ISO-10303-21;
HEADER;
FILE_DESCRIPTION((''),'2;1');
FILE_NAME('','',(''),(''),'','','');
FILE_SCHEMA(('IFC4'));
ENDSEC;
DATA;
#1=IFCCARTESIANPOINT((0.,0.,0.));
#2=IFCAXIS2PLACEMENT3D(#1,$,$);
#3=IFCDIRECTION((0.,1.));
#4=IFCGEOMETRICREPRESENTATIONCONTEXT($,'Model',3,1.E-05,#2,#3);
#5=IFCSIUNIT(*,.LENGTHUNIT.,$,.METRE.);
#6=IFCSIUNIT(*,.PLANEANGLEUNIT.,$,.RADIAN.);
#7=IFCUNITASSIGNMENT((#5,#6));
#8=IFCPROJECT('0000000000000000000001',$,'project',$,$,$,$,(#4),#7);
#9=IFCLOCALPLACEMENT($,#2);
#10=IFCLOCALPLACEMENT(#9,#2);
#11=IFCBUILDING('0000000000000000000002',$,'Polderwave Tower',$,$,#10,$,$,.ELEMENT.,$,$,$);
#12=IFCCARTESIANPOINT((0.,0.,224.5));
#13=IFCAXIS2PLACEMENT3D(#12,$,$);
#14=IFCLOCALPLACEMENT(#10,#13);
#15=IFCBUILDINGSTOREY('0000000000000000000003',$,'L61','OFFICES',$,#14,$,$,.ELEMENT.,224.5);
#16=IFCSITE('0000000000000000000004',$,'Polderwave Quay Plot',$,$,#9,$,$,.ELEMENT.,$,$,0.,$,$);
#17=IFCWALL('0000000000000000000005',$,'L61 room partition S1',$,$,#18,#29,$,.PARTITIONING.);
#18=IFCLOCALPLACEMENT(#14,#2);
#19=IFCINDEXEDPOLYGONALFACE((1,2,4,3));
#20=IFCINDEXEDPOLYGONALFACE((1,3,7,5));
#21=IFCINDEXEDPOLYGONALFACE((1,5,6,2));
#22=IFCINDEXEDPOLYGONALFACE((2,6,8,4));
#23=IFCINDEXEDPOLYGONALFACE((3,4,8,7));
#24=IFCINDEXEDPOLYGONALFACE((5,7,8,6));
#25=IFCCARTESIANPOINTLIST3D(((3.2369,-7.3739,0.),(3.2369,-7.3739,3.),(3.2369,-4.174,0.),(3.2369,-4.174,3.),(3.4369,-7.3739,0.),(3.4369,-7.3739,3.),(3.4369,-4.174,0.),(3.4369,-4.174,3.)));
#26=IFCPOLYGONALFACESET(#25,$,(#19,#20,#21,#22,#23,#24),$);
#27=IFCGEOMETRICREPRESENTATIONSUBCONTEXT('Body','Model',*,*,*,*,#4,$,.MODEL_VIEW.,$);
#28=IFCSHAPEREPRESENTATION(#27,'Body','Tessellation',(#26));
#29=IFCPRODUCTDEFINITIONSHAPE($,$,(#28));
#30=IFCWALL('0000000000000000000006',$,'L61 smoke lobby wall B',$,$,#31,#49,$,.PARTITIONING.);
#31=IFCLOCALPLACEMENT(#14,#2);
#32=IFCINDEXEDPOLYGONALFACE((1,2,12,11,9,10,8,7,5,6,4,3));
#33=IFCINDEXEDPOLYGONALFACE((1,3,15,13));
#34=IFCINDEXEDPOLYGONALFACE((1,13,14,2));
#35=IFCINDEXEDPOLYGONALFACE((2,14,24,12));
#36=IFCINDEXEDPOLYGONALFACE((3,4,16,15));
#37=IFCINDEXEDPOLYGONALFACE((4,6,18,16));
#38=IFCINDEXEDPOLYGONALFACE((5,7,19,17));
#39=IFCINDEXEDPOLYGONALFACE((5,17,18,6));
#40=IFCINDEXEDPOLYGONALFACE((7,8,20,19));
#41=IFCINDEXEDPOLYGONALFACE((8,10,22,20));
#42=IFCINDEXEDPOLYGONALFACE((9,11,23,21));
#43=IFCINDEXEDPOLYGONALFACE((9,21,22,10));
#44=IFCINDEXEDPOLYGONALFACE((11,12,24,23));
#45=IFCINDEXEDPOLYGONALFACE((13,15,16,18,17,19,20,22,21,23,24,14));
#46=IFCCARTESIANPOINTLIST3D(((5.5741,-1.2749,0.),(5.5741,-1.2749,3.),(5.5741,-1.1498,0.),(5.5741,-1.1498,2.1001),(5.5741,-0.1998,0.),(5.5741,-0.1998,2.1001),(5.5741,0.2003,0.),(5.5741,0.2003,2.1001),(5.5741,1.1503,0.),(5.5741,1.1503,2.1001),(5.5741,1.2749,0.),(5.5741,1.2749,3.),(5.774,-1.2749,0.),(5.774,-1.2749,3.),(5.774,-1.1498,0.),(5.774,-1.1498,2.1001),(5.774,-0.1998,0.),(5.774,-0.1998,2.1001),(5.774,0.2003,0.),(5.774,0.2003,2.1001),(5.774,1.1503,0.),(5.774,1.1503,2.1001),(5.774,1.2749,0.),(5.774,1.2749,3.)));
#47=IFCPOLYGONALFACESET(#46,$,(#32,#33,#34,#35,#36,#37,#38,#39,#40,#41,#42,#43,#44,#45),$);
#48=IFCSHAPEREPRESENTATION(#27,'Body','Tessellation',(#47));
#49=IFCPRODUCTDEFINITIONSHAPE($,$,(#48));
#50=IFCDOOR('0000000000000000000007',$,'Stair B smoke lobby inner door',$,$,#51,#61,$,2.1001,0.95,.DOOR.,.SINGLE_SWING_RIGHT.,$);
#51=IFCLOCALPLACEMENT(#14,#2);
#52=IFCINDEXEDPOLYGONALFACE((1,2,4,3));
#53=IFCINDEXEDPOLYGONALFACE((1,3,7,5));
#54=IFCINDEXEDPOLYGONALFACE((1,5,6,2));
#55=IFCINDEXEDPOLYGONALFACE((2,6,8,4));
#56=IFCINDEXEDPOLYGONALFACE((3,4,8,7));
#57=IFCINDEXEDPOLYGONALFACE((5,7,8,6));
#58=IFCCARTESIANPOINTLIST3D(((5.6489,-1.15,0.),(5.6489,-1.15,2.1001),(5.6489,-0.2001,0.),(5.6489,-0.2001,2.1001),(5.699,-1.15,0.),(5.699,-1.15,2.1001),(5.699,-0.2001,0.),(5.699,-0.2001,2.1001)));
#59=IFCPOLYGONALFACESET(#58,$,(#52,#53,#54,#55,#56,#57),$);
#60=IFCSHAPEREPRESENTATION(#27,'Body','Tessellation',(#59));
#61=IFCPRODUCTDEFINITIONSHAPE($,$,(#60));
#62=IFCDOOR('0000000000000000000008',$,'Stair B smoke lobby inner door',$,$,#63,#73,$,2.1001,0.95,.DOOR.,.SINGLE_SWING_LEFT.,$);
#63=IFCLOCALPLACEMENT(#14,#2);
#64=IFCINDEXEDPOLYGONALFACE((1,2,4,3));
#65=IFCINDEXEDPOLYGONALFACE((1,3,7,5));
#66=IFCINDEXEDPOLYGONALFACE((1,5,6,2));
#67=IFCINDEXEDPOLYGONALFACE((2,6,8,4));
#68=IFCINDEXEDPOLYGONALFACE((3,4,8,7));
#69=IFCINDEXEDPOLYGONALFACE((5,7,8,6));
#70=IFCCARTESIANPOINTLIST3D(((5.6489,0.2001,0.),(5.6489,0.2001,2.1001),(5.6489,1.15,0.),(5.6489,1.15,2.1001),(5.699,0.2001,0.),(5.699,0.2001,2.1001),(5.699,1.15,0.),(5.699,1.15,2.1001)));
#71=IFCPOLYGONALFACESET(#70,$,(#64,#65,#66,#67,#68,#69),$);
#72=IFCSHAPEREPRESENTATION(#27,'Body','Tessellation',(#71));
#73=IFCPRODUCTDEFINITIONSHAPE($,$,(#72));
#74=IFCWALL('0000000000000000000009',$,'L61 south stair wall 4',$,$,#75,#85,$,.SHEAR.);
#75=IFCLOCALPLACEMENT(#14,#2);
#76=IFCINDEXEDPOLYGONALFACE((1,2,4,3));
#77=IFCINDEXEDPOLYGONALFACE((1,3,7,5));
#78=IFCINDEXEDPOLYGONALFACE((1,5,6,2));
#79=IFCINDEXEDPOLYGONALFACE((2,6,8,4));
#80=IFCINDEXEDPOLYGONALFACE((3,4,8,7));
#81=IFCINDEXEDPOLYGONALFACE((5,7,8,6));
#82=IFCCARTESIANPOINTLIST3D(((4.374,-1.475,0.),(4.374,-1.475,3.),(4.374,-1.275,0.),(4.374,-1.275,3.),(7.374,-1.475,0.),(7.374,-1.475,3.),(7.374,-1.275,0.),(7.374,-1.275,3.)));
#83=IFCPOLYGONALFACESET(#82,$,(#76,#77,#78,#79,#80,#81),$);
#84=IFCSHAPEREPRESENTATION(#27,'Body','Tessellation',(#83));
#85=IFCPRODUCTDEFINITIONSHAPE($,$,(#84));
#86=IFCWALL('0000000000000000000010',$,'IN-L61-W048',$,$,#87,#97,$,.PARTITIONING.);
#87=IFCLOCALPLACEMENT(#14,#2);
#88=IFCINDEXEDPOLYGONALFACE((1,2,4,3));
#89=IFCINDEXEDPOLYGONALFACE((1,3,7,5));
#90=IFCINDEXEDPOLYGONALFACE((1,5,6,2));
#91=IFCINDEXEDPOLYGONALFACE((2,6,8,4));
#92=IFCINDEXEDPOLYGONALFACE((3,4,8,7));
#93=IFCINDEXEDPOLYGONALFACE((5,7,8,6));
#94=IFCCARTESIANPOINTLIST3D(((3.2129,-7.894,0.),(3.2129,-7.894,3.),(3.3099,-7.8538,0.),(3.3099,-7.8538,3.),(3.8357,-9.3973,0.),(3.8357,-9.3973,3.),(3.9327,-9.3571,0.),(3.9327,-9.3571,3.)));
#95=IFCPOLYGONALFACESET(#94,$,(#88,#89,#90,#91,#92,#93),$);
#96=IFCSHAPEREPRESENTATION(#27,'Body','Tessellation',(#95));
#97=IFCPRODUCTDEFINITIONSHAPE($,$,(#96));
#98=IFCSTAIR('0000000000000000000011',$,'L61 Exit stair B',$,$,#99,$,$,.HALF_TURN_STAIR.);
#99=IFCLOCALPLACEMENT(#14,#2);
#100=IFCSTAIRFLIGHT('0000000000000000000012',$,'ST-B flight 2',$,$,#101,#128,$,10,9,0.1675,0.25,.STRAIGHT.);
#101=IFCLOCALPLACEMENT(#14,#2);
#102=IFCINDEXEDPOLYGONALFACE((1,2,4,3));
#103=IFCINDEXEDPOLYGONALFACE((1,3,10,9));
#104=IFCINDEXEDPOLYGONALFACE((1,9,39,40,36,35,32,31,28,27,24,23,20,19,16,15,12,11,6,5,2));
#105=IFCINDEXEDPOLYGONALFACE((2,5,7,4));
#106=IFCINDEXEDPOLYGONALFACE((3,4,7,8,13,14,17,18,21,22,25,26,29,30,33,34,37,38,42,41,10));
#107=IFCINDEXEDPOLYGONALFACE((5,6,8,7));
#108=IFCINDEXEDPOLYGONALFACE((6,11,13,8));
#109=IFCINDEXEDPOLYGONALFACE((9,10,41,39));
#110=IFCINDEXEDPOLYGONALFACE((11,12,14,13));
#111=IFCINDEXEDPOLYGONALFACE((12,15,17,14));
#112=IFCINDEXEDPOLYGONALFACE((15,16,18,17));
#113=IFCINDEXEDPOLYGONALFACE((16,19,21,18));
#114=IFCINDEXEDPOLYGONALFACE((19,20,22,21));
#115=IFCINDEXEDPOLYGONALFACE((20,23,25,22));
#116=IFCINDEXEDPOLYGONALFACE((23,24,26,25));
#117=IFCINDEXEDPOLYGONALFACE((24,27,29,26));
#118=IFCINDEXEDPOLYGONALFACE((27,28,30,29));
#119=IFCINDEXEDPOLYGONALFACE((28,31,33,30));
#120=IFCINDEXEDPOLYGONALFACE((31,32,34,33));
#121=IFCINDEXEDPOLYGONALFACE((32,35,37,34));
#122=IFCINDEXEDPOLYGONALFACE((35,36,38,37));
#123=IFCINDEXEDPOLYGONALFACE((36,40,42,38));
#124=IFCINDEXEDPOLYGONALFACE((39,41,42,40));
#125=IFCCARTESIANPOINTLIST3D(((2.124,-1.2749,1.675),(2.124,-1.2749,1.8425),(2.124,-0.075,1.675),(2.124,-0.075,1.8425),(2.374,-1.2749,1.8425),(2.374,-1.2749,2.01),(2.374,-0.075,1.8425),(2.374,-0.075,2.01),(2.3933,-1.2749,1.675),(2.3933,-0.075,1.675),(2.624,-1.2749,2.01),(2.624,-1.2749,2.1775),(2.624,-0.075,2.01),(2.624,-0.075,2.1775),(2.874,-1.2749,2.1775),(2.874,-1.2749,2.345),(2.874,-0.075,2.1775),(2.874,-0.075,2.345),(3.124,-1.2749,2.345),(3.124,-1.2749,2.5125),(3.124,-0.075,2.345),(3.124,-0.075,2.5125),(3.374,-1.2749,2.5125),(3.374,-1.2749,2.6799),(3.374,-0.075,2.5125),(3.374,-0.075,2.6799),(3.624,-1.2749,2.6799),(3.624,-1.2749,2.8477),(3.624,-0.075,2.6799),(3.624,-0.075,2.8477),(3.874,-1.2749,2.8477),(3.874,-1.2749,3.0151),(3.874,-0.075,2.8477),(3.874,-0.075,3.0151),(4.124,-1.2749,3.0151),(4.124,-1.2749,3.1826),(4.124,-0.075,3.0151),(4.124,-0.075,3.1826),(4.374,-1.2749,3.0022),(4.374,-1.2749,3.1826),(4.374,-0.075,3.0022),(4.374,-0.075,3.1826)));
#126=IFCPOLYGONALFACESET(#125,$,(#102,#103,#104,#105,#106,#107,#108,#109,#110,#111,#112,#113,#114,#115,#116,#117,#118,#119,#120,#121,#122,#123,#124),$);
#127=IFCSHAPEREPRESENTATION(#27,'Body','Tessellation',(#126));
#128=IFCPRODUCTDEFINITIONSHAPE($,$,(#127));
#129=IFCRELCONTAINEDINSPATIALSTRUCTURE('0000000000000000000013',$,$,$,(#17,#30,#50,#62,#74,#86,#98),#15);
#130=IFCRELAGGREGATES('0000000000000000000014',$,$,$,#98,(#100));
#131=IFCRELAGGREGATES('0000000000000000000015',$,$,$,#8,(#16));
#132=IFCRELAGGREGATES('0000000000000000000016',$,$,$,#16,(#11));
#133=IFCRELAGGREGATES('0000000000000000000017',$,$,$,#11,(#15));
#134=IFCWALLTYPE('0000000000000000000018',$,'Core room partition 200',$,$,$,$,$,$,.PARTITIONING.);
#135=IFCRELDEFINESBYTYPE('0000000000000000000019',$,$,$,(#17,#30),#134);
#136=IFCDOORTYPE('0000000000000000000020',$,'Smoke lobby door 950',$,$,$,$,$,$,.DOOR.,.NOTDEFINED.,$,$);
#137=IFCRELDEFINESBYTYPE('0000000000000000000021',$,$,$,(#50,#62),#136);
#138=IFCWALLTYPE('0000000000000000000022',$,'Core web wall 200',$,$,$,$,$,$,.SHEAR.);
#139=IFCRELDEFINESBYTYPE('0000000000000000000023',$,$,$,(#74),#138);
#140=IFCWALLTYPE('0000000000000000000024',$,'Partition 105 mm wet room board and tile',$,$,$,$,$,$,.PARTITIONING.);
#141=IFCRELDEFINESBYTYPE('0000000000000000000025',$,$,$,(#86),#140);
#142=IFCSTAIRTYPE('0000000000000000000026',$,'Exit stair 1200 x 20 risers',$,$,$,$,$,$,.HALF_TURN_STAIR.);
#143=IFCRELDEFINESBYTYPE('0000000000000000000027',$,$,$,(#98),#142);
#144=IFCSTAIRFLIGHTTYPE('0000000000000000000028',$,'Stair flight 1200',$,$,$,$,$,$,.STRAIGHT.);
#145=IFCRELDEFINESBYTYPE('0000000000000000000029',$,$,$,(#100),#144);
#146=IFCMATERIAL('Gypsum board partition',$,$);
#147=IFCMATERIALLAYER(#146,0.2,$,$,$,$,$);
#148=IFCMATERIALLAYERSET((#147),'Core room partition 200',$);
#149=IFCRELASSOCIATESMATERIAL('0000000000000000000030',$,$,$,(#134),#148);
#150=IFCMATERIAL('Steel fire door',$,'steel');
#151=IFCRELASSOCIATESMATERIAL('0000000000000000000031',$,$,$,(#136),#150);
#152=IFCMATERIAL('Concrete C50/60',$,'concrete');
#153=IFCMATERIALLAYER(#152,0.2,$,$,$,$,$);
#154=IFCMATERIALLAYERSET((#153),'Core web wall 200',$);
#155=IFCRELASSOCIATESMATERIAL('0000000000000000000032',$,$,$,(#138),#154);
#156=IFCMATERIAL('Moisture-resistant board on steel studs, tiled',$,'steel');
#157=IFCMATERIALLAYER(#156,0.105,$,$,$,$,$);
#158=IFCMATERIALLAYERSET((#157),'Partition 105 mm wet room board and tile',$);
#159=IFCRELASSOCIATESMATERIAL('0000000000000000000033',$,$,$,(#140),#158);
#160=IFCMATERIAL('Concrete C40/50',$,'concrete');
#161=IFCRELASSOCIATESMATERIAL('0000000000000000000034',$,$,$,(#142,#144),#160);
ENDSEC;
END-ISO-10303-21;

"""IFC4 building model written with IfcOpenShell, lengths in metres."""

from ifc_helpers import new_model, si_unit, direction, frame, frame_2d, origin, place, context, subcontext, project, spatial, polyline, rectangle, outline, extrude, material, layer, layer_set, type_object, element, fill, aggregate, save


model = new_model("IFC4")

# Units and contexts
model_context = context("Model", 3, precision=1e-05, world=origin(), true_north=direction((0.0, 1.0)))
body_context = subcontext(model_context, "Body", "Model", "MODEL_VIEW")
ifc_project = project(units=[si_unit("LENGTHUNIT", "METRE"), si_unit("PLANEANGLEUNIT", "RADIAN")], contexts=[model_context])

# Site, building, storey
site_placement = place(None, origin())
site = spatial("IfcSite", under=ifc_project, at=site_placement, Name="Polderwave Quay Plot", CompositionType="ELEMENT", RefElevation=0.0)
building_placement = place(site_placement, origin())
building = spatial("IfcBuilding", under=site, at=building_placement, Name="Polderwave Tower", CompositionType="ELEMENT")
storey_placement = place(building_placement, frame((0.0, 0.0, 224.5)))
storey = spatial("IfcBuildingStorey", under=building, at=storey_placement, Name="L61", Description="OFFICES", CompositionType="ELEMENT", Elevation=224.5)

# Wall
ifc_material_1 = material(Name="Gypsum board partition")
ifc_layer_1 = layer(ifc_material_1, 0.2)
ifc_layer_set_1 = layer_set([ifc_layer_1], Name="Core room partition 200")
wall_type_1 = type_object("IfcWallType", Name="Core room partition 200", PredefinedType="PARTITIONING", material=ifc_layer_set_1)
wall_1_placement = place(storey_placement, frame((3.3369, -7.374, 0.0), z_axis=(0.0, 0.0, 1.0), x_axis=(0.0, 1.0, 0.0)))
element("IfcWall", 1, at=wall_1_placement, inside=storey, type_object=wall_type_1, Name="L61 room partition S1", PredefinedType="PARTITIONING", context=body_context, shape_type="SweptSolid", body=[
    extrude(rectangle(XDim=3.2, YDim=0.2, at=frame_2d((1.6001, 0.0))), origin(), (0.0, 0.0, 1.0), 3.0),
])

# Wall, openings, doors
wall_2_placement = place(storey_placement, frame((5.6741, -1.2749, 0.0), z_axis=(0.0, 0.0, 1.0), x_axis=(0.0, 1.0, 0.0)))
wall_2 = element("IfcWall", 2, at=wall_2_placement, inside=storey, type_object=wall_type_1, Name="L61 smoke lobby wall B", PredefinedType="PARTITIONING", context=body_context, shape_type="SweptSolid", body=[
    extrude(rectangle(XDim=2.5498, YDim=0.2, at=frame_2d((1.2749, 0.0))), origin(), (0.0, 0.0, 1.0), 3.0),
])
opening_1_placement = place(wall_2_placement, frame((0.125, 0.0, 0.0)))
opening_1 = element("IfcOpeningElement", 3, at=opening_1_placement, cuts=wall_2, PredefinedType="OPENING", context=body_context, shape_type="SweptSolid", body=[
    extrude(rectangle(XDim=0.95, YDim=2.1001, at=frame_2d((0.4751, 1.05))), frame((0.0, 0.1099, 0.0), z_axis=(0.0, -1.0, 0.0), x_axis=(1.0, 0.0, 0.0)), (0.0, 0.0, 1.0), 0.22),
])
opening_2_placement = place(wall_2_placement, frame((1.4751, 0.0, 0.0)))
opening_2 = element("IfcOpeningElement", 4, at=opening_2_placement, cuts=wall_2, PredefinedType="OPENING", context=body_context, shape_type="SweptSolid", body=[
    extrude(rectangle(XDim=0.95, YDim=2.1001, at=frame_2d((0.4751, 1.05))), frame((0.0, 0.1099, 0.0), z_axis=(0.0, -1.0, 0.0), x_axis=(1.0, 0.0, 0.0)), (0.0, 0.0, 1.0), 0.22),
])
ifc_material_2 = material(Name="Steel fire door", Category="steel")
door_type = type_object("IfcDoorType", Name="Smoke lobby door 950", OperationType="NOTDEFINED", PredefinedType="DOOR", material=ifc_material_2)
door_1_placement = place(opening_1_placement, frame((0.95, 0.0, 0.0), z_axis=(0.0, 0.0, 1.0), x_axis=(-1.0, 0.0, 0.0)))
door_1 = element("IfcDoor", 5, at=door_1_placement, inside=storey, type_object=door_type, Name="Stair B smoke lobby inner door", OperationType="SINGLE_SWING_RIGHT", OverallHeight=2.1001, OverallWidth=0.95, PredefinedType="DOOR", context=body_context, shape_type="SweptSolid", body=[
    extrude(rectangle(XDim=0.95, YDim=2.1001, at=frame_2d((0.4751, 1.05))), frame((0.0, 0.0249, 0.0), z_axis=(0.0, -1.0, 0.0), x_axis=(1.0, 0.0, 0.0)), (0.0, 0.0, 1.0), 0.05),
])
fill(opening_1, door_1)
door_2_placement = place(opening_2_placement, frame((0.95, 0.0, 0.0), z_axis=(0.0, 0.0, 1.0), x_axis=(-1.0, 0.0, 0.0)))
door_2 = element("IfcDoor", 6, at=door_2_placement, inside=storey, type_object=door_type, Name="Stair B smoke lobby inner door", OperationType="SINGLE_SWING_LEFT", OverallHeight=2.1001, OverallWidth=0.95, PredefinedType="DOOR", context=body_context, shape_type="SweptSolid", body=[
    extrude(rectangle(XDim=0.95, YDim=2.1001, at=frame_2d((0.4751, 1.05))), frame((0.0, 0.0249, 0.0), z_axis=(0.0, -1.0, 0.0), x_axis=(1.0, 0.0, 0.0)), (0.0, 0.0, 1.0), 0.05),
])
fill(opening_2, door_2)

# Walls
ifc_material_3 = material(Name="Concrete C50/60", Category="concrete")
ifc_layer_2 = layer(ifc_material_3, 0.2)
ifc_layer_set_2 = layer_set([ifc_layer_2], Name="Core web wall 200")
wall_type_2 = type_object("IfcWallType", Name="Core web wall 200", PredefinedType="SHEAR", material=ifc_layer_set_2)
wall_3_placement = place(storey_placement, frame((4.374, -1.375, 0.0), z_axis=(0.0, 0.0, 1.0), x_axis=(1.0, 0.0, 0.0)))
element("IfcWall", 7, at=wall_3_placement, inside=storey, type_object=wall_type_2, Name="L61 south stair wall 4", PredefinedType="SHEAR", context=body_context, shape_type="SweptSolid", body=[
    extrude(rectangle(XDim=3.0, YDim=0.2, at=frame_2d((1.5, 0.0))), origin(), (0.0, 0.0, 1.0), 3.0),
])
ifc_material_4 = material(Name="Moisture-resistant board on steel studs, tiled", Category="steel")
ifc_layer_3 = layer(ifc_material_4, 0.105)
ifc_layer_set_3 = layer_set([ifc_layer_3], Name="Partition 105 mm wet room board and tile")
wall_type_3 = type_object("IfcWallType", Name="Partition 105 mm wet room board and tile", PredefinedType="PARTITIONING", material=ifc_layer_set_3)
wall_4_placement = place(storey_placement, frame((3.2615, -7.874, 0.0), z_axis=(0.0, 0.0, 1.0), x_axis=(0.382718, -0.923865, 0.0)))
element("IfcWall", 8, at=wall_4_placement, inside=storey, type_object=wall_type_3, Name="IN-L61-W048", PredefinedType="PARTITIONING", context=body_context, shape_type="SweptSolid", body=[
    extrude(rectangle(XDim=1.6272, YDim=0.105, at=frame_2d((0.8135, 0.0))), origin(), (0.0, 0.0, 1.0), 3.0),
])

# Stair, stair flight
ifc_material_5 = material(Name="Concrete C40/50", Category="concrete")
stair_type = type_object("IfcStairType", Name="Exit stair 1200 x 20 risers", PredefinedType="HALF_TURN_STAIR", material=ifc_material_5)
stair_placement = place(storey_placement, origin())
stair = element("IfcStair", 9, at=stair_placement, inside=storey, type_object=stair_type, Name="L61 Exit stair B", PredefinedType="HALF_TURN_STAIR")
stair_flight_type = type_object("IfcStairFlightType", Name="Stair flight 1200", PredefinedType="STRAIGHT", material=ifc_material_5)
stair_flight_placement = place(storey_placement, frame((2.124, -0.675, 1.675), z_axis=(0.0, 0.0, 1.0), x_axis=(1.0, 0.0, 0.0)))
stair_flight = element("IfcStairFlight", 10, at=stair_flight_placement, type_object=stair_flight_type, Name="ST-B flight 2", NumberOfRisers=10, NumberOfTreads=9, PredefinedType="STRAIGHT", RiserHeight=0.1675, TreadLength=0.25, context=body_context, shape_type="SweptSolid", body=[
    extrude(outline(polyline([(0.0, 0.0), (0.0, 0.1675), (0.25, 0.1675), (0.25, 0.335), (0.5, 0.335), (0.5, 0.5024), (0.75, 0.5024), (0.75, 0.6699), (1.0, 0.6699), (1.0, 0.8374), (1.25, 0.8374), (1.25, 1.0049), (1.5, 1.0049), (1.5, 1.1726), (1.75, 1.1726), (1.75, 1.3401), (2.0, 1.3401), (2.0, 1.5076), (2.25, 1.5076), (2.25, 1.675), (2.25, 1.3271), (0.2693, 0.0), (0.0, 0.0)])), frame((0.0, 0.6001, 0.0), z_axis=(0.0, -1.0, 0.0), x_axis=(1.0, 0.0, 0.0)), (0.0, 0.0, 1.0), 1.2),
])
aggregate(stair, [stair_flight])

save(model, "model.ifc")
